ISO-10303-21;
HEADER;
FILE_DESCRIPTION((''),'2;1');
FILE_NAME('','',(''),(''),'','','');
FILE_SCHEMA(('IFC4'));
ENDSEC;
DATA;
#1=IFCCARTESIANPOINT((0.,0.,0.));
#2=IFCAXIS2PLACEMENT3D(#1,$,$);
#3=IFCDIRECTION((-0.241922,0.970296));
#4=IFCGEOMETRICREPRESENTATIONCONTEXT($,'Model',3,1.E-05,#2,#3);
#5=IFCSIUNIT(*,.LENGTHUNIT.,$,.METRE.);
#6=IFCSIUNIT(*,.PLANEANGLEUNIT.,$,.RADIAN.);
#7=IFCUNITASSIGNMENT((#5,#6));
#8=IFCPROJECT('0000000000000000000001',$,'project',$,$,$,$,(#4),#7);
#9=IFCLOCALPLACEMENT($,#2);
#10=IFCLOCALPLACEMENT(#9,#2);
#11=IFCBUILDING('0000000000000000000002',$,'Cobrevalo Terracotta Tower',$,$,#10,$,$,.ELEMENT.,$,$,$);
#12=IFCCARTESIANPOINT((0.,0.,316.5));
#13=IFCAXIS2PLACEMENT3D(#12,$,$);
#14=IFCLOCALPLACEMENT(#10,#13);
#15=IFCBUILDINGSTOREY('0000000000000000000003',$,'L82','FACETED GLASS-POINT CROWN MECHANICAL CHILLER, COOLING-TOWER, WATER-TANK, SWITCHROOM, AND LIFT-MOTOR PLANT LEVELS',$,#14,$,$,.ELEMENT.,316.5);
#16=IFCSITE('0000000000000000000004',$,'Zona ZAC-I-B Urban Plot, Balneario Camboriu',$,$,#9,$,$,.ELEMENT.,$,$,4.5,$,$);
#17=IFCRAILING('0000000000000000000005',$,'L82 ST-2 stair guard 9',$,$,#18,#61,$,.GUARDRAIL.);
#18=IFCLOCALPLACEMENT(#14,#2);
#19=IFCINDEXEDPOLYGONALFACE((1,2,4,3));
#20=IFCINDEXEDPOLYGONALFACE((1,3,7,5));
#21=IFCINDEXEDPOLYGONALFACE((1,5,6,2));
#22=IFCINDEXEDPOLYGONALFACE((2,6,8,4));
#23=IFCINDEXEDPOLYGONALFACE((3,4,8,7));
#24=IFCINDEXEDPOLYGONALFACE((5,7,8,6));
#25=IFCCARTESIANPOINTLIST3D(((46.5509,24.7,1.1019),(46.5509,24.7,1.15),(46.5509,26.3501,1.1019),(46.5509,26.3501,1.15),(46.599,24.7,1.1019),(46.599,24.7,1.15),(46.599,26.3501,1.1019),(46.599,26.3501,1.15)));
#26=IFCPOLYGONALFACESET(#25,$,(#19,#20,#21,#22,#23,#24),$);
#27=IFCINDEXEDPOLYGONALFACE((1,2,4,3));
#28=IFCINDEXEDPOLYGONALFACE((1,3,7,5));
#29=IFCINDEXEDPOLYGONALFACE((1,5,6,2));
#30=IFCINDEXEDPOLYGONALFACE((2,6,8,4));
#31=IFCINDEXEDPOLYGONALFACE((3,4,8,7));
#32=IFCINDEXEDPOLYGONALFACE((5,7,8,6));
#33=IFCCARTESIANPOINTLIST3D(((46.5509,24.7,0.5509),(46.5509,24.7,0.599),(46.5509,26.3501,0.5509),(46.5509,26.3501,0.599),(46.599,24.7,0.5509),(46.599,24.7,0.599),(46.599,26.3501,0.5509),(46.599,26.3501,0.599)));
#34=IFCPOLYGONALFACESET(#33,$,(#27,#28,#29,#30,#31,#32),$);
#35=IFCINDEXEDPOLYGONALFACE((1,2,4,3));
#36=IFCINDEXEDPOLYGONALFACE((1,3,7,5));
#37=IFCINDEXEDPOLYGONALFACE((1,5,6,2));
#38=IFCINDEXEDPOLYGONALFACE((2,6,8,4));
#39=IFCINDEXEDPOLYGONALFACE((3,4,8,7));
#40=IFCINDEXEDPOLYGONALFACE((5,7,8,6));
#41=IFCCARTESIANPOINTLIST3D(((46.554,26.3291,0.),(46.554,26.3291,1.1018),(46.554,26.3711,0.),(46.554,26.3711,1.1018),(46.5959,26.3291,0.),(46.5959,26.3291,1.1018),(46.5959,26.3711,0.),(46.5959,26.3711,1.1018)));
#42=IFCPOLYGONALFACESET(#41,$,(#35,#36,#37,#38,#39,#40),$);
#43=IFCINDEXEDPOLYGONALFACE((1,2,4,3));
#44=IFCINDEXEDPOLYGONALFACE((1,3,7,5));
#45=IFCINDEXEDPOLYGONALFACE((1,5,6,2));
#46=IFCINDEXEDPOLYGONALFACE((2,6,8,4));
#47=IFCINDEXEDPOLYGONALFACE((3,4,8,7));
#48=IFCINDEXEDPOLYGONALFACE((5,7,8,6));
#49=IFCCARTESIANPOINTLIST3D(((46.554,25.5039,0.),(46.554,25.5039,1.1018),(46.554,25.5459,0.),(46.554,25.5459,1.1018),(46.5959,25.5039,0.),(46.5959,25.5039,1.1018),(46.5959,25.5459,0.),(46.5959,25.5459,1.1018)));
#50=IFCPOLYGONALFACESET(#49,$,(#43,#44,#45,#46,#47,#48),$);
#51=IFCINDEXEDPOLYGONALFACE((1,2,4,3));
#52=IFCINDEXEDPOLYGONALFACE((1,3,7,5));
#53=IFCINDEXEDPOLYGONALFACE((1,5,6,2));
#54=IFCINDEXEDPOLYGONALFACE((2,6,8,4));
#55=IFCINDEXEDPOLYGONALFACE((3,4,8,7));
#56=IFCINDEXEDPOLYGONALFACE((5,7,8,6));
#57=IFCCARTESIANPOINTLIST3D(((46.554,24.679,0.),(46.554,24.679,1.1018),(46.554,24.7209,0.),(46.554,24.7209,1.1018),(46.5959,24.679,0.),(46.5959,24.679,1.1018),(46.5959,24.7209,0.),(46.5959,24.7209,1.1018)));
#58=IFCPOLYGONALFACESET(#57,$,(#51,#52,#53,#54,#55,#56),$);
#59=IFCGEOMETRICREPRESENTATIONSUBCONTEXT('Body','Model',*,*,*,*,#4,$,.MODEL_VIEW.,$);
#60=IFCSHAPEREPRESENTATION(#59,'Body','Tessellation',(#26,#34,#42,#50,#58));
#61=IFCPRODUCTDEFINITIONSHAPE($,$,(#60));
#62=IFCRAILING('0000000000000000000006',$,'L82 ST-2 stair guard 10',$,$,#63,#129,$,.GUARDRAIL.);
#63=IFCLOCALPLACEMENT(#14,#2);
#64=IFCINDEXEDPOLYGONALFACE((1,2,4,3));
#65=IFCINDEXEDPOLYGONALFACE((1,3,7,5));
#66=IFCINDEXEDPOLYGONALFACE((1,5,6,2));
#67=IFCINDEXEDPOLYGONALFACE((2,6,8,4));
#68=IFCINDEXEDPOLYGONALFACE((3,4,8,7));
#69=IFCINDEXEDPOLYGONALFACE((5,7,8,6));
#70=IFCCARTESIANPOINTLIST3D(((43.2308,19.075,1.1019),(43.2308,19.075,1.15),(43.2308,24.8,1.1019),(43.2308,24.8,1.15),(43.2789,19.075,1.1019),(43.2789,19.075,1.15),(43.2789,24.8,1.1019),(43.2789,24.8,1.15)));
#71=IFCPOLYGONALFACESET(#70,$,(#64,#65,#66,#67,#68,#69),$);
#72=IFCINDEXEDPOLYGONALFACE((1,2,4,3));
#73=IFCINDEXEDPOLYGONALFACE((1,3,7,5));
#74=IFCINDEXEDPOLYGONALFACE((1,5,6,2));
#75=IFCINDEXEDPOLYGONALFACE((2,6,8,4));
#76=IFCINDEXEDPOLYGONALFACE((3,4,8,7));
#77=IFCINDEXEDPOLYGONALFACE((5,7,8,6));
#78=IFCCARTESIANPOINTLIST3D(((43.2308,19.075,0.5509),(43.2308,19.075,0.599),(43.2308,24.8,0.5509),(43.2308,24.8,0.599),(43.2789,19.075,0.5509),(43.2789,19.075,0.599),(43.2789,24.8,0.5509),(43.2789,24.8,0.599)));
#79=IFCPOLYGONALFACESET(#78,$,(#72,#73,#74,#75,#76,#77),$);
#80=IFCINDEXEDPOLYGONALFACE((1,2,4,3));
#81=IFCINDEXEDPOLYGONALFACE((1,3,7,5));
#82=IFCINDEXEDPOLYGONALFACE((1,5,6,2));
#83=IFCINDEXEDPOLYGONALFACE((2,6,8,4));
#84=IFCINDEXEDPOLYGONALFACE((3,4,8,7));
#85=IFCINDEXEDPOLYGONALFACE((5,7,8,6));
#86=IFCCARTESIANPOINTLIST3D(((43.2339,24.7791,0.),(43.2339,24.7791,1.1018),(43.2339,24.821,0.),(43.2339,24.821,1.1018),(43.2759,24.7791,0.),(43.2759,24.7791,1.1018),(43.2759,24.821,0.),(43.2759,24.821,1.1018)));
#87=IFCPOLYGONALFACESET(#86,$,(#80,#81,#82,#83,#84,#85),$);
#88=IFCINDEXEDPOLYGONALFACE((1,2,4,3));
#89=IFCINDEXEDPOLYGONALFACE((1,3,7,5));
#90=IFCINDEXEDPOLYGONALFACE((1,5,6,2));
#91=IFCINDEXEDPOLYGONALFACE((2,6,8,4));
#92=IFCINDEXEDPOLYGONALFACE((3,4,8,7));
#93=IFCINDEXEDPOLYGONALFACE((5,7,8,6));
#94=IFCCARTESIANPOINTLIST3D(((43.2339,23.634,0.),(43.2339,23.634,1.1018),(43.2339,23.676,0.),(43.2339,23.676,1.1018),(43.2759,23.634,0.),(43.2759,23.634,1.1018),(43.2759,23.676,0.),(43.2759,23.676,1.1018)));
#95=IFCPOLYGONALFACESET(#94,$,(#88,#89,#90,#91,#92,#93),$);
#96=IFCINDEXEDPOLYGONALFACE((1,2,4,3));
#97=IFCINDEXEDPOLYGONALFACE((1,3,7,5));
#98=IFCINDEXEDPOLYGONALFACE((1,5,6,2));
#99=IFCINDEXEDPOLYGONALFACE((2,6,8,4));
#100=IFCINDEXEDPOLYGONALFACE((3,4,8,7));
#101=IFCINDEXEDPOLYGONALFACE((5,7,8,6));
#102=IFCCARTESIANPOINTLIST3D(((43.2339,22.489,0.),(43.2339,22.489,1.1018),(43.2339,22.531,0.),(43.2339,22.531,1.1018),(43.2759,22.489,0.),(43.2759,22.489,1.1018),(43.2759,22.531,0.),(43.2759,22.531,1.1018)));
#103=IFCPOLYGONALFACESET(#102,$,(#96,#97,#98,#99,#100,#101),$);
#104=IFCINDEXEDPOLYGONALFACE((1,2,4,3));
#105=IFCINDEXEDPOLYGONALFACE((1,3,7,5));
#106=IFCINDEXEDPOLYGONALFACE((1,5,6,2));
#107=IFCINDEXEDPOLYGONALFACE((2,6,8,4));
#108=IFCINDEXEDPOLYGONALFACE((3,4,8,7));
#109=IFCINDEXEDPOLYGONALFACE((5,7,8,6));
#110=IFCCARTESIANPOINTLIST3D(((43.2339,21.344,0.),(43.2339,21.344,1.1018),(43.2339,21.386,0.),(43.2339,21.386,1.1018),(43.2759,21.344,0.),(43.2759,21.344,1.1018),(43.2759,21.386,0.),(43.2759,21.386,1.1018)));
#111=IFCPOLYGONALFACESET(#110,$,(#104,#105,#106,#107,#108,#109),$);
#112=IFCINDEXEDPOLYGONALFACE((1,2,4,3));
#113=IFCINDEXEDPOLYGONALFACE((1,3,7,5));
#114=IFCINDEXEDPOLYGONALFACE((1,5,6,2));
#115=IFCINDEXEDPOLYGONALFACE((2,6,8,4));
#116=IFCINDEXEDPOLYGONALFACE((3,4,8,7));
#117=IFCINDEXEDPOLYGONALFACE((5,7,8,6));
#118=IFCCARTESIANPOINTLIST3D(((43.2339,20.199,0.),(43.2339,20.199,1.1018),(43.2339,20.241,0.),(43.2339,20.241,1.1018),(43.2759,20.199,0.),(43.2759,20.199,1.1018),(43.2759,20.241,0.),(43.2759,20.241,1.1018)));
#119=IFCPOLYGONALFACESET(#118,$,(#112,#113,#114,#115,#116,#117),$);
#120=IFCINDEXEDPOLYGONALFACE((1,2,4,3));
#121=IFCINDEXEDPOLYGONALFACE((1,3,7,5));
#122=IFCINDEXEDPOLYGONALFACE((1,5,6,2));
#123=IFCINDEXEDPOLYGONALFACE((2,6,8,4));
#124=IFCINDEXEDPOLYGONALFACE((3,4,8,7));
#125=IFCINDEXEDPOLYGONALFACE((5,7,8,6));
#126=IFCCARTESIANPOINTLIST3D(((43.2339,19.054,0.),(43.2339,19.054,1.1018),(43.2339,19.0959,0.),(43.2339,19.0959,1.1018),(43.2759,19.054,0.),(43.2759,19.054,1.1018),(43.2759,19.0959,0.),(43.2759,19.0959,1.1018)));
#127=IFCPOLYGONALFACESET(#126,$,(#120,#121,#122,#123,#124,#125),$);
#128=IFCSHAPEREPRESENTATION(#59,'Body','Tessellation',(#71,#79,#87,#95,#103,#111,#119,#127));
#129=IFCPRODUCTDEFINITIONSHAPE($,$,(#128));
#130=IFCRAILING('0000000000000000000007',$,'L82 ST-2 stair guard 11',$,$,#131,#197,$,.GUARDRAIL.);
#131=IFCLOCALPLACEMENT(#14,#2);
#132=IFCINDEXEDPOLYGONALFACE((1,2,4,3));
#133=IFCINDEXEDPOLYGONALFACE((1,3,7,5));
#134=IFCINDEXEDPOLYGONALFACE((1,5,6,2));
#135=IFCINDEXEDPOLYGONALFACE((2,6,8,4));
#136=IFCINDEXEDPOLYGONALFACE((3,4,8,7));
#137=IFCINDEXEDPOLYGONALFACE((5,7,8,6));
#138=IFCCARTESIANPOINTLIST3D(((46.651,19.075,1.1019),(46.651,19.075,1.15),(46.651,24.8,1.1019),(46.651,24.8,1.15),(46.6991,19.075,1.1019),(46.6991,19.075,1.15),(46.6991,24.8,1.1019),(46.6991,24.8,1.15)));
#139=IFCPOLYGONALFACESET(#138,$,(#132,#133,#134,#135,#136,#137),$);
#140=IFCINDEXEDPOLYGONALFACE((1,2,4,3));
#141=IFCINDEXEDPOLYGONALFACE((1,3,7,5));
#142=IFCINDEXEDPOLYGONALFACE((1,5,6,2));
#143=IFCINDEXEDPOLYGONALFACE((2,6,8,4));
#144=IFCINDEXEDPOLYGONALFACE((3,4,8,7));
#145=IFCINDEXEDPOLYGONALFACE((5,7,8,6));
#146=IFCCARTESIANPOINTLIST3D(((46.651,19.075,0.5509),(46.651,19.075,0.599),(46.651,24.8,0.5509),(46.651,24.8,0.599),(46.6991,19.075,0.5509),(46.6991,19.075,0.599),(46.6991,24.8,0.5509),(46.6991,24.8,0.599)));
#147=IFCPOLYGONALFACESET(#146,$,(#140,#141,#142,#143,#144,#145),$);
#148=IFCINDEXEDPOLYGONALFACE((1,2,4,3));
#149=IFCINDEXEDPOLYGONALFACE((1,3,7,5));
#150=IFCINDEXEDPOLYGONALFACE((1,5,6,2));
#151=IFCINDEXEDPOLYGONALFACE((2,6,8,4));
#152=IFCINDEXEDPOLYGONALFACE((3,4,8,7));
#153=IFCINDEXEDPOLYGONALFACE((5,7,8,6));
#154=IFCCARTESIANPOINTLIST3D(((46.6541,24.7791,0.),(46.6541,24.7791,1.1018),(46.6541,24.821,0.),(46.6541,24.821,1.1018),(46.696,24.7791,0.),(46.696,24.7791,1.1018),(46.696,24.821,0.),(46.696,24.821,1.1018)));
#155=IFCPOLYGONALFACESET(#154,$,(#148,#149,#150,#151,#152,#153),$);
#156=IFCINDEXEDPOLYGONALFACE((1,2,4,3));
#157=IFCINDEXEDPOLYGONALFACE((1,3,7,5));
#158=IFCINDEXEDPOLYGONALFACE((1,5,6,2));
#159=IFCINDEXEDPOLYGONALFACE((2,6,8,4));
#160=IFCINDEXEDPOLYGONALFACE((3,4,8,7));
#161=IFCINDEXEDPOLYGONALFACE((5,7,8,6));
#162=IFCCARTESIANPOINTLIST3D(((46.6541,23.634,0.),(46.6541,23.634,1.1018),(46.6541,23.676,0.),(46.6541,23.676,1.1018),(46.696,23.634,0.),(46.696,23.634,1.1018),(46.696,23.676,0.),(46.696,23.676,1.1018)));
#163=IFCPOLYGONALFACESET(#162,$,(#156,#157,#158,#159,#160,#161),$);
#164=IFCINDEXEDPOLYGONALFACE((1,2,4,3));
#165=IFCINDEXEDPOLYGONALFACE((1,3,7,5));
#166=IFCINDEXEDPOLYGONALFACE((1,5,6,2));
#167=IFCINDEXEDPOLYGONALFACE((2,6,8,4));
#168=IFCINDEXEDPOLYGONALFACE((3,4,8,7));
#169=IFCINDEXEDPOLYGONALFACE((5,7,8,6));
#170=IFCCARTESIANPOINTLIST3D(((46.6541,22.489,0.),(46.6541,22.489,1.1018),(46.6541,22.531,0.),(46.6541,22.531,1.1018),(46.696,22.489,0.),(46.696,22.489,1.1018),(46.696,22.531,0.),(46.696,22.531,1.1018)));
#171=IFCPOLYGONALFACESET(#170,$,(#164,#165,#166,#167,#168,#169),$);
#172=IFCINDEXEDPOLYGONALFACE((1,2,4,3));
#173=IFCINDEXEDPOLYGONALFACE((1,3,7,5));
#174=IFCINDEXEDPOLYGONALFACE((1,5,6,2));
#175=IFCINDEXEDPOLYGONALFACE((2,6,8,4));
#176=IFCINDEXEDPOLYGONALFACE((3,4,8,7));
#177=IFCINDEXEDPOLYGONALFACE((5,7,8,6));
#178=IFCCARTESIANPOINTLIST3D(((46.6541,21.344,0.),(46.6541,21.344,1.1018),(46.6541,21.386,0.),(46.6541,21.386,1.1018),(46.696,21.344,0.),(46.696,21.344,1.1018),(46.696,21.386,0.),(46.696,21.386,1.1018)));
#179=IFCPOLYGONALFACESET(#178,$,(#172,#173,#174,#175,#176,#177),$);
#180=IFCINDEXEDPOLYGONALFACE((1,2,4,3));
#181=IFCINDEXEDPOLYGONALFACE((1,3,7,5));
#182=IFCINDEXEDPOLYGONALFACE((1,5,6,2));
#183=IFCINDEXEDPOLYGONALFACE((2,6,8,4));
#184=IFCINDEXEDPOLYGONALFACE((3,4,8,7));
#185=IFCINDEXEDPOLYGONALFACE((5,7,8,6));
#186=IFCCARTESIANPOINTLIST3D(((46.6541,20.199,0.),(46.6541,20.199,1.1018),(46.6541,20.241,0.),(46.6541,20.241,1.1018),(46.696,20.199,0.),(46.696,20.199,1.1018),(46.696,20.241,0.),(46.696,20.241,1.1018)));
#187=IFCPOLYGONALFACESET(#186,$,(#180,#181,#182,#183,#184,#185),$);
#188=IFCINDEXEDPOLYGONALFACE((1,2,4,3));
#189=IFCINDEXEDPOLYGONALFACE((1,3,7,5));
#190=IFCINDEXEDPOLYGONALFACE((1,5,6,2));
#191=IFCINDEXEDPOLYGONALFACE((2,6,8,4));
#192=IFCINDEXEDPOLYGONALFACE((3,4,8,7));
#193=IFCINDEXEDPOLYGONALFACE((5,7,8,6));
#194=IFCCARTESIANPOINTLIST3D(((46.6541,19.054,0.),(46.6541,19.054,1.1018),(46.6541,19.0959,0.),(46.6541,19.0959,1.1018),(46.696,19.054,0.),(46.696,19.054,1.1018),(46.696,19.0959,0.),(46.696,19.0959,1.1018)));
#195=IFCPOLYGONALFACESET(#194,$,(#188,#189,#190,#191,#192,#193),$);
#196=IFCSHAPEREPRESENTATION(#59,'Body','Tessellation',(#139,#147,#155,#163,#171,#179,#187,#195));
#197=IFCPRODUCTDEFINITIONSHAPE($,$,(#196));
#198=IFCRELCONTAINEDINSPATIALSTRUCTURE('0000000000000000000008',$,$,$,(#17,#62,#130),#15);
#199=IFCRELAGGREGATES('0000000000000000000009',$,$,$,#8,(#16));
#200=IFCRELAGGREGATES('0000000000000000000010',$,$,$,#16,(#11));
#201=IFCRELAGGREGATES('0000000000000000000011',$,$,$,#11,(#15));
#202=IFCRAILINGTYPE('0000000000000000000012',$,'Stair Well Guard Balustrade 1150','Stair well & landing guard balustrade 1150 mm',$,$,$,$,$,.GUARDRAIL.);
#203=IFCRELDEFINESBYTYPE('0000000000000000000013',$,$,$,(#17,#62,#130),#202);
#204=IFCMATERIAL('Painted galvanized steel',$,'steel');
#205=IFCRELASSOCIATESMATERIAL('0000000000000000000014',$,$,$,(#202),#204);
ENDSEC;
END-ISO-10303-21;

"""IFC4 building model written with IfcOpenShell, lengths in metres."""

from ifc_helpers import new_model, si_unit, direction, frame, origin, origin_2d, place, context, subcontext, project, spatial, rectangle, extrude, material, type_object, element, save


model = new_model("IFC4")

# Units and contexts
model_context = context("Model", 3, precision=1e-05, world=origin(), true_north=direction((-0.241922, 0.970296)))
body_context = subcontext(model_context, "Body", "Model", "MODEL_VIEW")
ifc_project = project(units=[si_unit("LENGTHUNIT", "METRE"), si_unit("PLANEANGLEUNIT", "RADIAN")], contexts=[model_context])

# Site, building, storey
site_placement = place(None, origin())
site = spatial("IfcSite", under=ifc_project, at=site_placement, Name="Zona ZAC-I-B Urban Plot, Balneario Camboriu", CompositionType="ELEMENT", RefElevation=4.5)
building_placement = place(site_placement, origin())
building = spatial("IfcBuilding", under=site, at=building_placement, Name="Cobrevalo Terracotta Tower", CompositionType="ELEMENT")
storey_placement = place(building_placement, frame((0.0, 0.0, 316.5)))
storey = spatial("IfcBuildingStorey", under=building, at=storey_placement, Name="L82", Description="FACETED GLASS-POINT CROWN MECHANICAL CHILLER, COOLING-TOWER, WATER-TANK, SWITCHROOM, AND LIFT-MOTOR PLANT LEVELS", CompositionType="ELEMENT", Elevation=316.5)

# Railings
ifc_material_1 = material(Name="Painted galvanized steel", Category="steel")
railing_type = type_object("IfcRailingType", Name="Stair Well Guard Balustrade 1150", Description="Stair well & landing guard balustrade 1150 mm", PredefinedType="GUARDRAIL", material=ifc_material_1)
for number, where, name in (
    (1, (46.575, 26.3501, 0.0), "L82 ST-2 stair guard 9"),
):
    element("IfcRailing", number, at=place(storey_placement, frame(where)), inside=storey, type_object=railing_type, Name=name, PredefinedType="GUARDRAIL", context=body_context, shape_type="SweptSolid", body=[
        extrude(rectangle(XDim=0.0481, YDim=0.0481, at=origin_2d()), frame((0.0, 0.0, 1.126), z_axis=(0.0, -1.0, 0.0), x_axis=(1.0, 0.0, 0.0)), (0.0, 0.0, 1.0), 1.6501),
        extrude(rectangle(XDim=0.0481, YDim=0.0481, at=origin_2d()), frame((0.0, 0.0, 0.575), z_axis=(0.0, -1.0, 0.0), x_axis=(1.0, 0.0, 0.0)), (0.0, 0.0, 1.0), 1.6501),
        extrude(rectangle(XDim=0.042, YDim=0.042, at=origin_2d()), origin(), (0.0, 0.0, 1.0), 1.1018),
        extrude(rectangle(XDim=0.042, YDim=0.042, at=origin_2d()), frame((0.0, -0.8252, 0.0)), (0.0, 0.0, 1.0), 1.1018),
        extrude(rectangle(XDim=0.042, YDim=0.042, at=origin_2d()), frame((0.0, -1.6501, 0.0)), (0.0, 0.0, 1.0), 1.1018),
    ])
for number, where, name in (
    (2, (43.2549, 24.8, 0.0), "L82 ST-2 stair guard 10"),
    (3, (46.675, 24.8, 0.0), "L82 ST-2 stair guard 11"),
):
    element("IfcRailing", number, at=place(storey_placement, frame(where)), inside=storey, type_object=railing_type, Name=name, PredefinedType="GUARDRAIL", context=body_context, shape_type="SweptSolid", body=[
        extrude(rectangle(XDim=0.0481, YDim=0.0481, at=origin_2d()), frame((0.0, 0.0, 1.126), z_axis=(0.0, -1.0, 0.0), x_axis=(1.0, 0.0, 0.0)), (0.0, 0.0, 1.0), 5.7251),
        extrude(rectangle(XDim=0.0481, YDim=0.0481, at=origin_2d()), frame((0.0, 0.0, 0.575), z_axis=(0.0, -1.0, 0.0), x_axis=(1.0, 0.0, 0.0)), (0.0, 0.0, 1.0), 5.7251),
        extrude(rectangle(XDim=0.042, YDim=0.042, at=origin_2d()), origin(), (0.0, 0.0, 1.0), 1.1018),
        extrude(rectangle(XDim=0.042, YDim=0.042, at=origin_2d()), frame((0.0, -1.145, 0.0)), (0.0, 0.0, 1.0), 1.1018),
        extrude(rectangle(XDim=0.042, YDim=0.042, at=origin_2d()), frame((0.0, -2.29, 0.0)), (0.0, 0.0, 1.0), 1.1018),
        extrude(rectangle(XDim=0.042, YDim=0.042, at=origin_2d()), frame((0.0, -3.4351, 0.0)), (0.0, 0.0, 1.0), 1.1018),
        extrude(rectangle(XDim=0.042, YDim=0.042, at=origin_2d()), frame((0.0, -4.5801, 0.0)), (0.0, 0.0, 1.0), 1.1018),
        extrude(rectangle(XDim=0.042, YDim=0.042, at=origin_2d()), frame((0.0, -5.7251, 0.0)), (0.0, 0.0, 1.0), 1.1018),
    ])

save(model, "model.ifc")
